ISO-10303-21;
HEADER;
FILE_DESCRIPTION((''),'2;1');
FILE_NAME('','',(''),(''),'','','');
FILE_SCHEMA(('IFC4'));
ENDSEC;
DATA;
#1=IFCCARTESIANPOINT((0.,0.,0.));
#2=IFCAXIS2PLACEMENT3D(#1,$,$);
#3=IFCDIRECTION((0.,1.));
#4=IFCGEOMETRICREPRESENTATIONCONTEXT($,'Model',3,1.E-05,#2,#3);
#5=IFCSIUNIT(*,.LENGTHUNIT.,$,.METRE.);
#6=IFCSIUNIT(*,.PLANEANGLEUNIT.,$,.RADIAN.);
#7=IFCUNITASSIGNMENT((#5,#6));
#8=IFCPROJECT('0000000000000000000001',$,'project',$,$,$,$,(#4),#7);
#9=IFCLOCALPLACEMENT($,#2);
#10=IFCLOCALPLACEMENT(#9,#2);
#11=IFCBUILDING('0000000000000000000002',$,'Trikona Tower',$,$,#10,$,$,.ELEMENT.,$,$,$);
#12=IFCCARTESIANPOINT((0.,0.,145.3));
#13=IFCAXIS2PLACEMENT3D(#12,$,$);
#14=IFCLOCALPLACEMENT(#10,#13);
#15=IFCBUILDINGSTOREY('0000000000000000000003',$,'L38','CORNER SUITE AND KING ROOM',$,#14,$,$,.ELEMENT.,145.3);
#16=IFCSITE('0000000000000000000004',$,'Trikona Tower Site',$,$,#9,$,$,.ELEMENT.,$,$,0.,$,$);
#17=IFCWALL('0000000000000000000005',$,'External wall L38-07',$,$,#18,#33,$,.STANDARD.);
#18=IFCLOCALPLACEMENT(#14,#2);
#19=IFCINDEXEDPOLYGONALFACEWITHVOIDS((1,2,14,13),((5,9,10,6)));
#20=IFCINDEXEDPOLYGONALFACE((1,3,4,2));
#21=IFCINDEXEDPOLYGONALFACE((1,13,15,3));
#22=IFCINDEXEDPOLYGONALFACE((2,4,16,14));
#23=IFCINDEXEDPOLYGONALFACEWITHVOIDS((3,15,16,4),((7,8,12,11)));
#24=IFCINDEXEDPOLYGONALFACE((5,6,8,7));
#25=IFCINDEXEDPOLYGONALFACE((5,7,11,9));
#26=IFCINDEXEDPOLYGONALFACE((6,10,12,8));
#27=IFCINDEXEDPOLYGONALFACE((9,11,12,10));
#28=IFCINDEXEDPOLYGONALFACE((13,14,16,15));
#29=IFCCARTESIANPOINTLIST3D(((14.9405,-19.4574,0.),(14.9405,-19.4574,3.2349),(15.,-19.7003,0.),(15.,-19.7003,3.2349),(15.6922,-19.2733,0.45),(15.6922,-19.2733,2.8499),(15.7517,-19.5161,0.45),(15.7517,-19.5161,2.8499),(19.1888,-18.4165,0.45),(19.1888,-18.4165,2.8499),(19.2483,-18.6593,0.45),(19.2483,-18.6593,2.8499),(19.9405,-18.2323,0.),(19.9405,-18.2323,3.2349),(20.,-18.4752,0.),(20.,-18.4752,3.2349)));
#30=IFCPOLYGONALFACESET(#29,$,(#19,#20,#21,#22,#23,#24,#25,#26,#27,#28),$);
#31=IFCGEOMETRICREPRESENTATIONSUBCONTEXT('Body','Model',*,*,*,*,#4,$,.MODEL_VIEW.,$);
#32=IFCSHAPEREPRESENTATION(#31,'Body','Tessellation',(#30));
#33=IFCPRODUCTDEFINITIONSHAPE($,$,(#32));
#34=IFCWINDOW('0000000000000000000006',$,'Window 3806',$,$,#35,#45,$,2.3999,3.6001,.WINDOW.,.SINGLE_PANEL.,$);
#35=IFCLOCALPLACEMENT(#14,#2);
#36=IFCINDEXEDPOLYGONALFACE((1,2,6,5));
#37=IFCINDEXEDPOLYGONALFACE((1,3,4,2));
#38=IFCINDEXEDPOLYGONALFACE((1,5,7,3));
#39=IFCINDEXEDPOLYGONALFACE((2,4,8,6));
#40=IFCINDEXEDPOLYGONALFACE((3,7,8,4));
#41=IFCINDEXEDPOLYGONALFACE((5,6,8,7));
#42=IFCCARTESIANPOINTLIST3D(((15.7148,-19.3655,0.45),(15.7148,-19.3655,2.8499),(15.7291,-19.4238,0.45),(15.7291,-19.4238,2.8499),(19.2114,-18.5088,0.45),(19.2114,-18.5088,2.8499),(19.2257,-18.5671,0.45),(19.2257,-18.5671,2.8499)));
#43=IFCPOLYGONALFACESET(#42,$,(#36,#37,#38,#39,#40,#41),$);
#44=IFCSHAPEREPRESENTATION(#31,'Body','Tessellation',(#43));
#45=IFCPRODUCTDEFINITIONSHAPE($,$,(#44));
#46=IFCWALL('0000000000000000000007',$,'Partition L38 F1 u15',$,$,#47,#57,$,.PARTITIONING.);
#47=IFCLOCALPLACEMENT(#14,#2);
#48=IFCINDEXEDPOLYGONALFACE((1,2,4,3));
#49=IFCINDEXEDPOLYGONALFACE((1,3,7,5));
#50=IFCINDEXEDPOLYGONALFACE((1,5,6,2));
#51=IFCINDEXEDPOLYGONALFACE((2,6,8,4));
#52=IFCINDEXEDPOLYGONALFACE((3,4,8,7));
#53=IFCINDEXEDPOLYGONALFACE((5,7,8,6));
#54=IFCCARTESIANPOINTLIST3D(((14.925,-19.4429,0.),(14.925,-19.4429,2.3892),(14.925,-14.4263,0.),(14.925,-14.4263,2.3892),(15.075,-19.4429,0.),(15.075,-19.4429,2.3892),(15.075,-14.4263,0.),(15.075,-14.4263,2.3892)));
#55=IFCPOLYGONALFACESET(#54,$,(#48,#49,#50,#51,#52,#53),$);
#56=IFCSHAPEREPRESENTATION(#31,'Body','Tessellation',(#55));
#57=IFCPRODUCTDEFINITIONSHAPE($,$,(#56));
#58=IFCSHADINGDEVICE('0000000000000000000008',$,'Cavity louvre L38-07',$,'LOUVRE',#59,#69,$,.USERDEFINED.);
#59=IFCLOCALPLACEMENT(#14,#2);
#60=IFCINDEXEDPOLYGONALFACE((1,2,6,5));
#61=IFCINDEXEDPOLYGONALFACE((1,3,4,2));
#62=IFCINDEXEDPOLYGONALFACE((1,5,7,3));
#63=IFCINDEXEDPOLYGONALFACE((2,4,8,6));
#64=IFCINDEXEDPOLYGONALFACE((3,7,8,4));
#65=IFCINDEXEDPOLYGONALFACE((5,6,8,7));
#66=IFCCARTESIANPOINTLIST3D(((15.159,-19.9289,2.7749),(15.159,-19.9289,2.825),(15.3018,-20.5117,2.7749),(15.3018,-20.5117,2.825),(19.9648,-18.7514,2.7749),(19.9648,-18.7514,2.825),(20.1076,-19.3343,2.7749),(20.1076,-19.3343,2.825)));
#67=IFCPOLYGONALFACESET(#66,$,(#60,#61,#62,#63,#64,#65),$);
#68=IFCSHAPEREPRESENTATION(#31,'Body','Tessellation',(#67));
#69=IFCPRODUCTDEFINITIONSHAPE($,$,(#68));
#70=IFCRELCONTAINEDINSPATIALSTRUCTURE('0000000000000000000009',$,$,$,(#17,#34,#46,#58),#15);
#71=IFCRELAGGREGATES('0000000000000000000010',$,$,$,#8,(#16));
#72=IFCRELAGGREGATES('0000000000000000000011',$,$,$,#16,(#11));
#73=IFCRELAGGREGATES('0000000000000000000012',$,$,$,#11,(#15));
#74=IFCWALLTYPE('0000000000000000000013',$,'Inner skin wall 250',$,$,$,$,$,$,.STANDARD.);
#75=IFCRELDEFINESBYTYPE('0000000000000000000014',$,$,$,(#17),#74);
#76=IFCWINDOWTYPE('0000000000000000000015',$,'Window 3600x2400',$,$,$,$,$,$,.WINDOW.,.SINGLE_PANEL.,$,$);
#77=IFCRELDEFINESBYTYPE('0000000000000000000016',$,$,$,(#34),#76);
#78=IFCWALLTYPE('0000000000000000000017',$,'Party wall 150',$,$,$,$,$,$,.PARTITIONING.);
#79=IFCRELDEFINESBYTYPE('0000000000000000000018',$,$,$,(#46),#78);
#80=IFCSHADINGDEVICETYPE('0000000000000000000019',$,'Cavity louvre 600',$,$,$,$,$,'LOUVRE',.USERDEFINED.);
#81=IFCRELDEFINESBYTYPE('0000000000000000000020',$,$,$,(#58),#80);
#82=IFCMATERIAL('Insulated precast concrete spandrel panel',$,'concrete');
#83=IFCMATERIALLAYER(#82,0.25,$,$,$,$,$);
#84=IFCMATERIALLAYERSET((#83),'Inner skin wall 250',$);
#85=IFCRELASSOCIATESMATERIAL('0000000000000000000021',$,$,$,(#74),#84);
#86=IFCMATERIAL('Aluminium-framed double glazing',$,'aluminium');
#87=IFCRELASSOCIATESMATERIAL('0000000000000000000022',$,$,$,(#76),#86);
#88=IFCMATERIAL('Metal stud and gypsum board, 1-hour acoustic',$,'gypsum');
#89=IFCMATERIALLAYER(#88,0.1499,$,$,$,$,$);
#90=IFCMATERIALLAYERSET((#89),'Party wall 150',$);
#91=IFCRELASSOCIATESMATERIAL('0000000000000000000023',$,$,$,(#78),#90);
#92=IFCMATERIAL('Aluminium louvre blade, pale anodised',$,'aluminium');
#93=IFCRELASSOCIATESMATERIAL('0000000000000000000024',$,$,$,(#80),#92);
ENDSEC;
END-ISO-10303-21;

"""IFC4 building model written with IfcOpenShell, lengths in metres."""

from ifc_helpers import new_model, si_unit, direction, frame, frame_2d, origin, origin_2d, place, context, subcontext, project, spatial, rectangle, extrude, material, layer, layer_set, type_object, element, fill, save


model = new_model("IFC4")

# Units and contexts
model_context = context("Model", 3, precision=1e-05, world=origin(), true_north=direction((0.0, 1.0)))
body_context = subcontext(model_context, "Body", "Model", "MODEL_VIEW")
ifc_project = project(units=[si_unit("LENGTHUNIT", "METRE"), si_unit("PLANEANGLEUNIT", "RADIAN")], contexts=[model_context])

# Site, building, storey
site_placement = place(None, origin())
site = spatial("IfcSite", under=ifc_project, at=site_placement, Name="Trikona Tower Site", CompositionType="ELEMENT", RefElevation=0.0)
building_placement = place(site_placement, origin())
building = spatial("IfcBuilding", under=site, at=building_placement, Name="Trikona Tower", CompositionType="ELEMENT")
storey_placement = place(building_placement, frame((0.0, 0.0, 145.3)))
storey = spatial("IfcBuildingStorey", under=building, at=storey_placement, Name="L38", Description="CORNER SUITE AND KING ROOM", CompositionType="ELEMENT", Elevation=145.3)

# Wall, opening, window
ifc_material_1 = material(Name="Insulated precast concrete spandrel panel", Category="concrete")
ifc_layer_1 = layer(ifc_material_1, 0.25)
ifc_layer_set_1 = layer_set([ifc_layer_1], Name="Inner skin wall 250")
wall_type_1 = type_object("IfcWallType", Name="Inner skin wall 250", PredefinedType="STANDARD", material=ifc_layer_set_1)
wall_1_placement = place(storey_placement, frame((14.9702, -19.5789, 0.0), z_axis=(0.0, 0.0, 1.0), x_axis=(0.97127, 0.23798, 0.0)))
wall_1 = element("IfcWall", 1, at=wall_1_placement, inside=storey, type_object=wall_type_1, Name="External wall L38-07", PredefinedType="STANDARD", context=body_context, shape_type="SweptSolid", body=[
    extrude(rectangle(XDim=5.1479, YDim=0.25, at=frame_2d((2.574, 0.0))), origin(), (0.0, 0.0, 1.0), 3.2349),
])
opening_placement = place(wall_1_placement, frame((0.7739, 0.0, 0.45)))
opening = element("IfcOpeningElement", 2, at=opening_placement, cuts=wall_1, PredefinedType="OPENING", context=body_context, shape_type="SweptSolid", body=[
    extrude(rectangle(XDim=3.6001, YDim=2.3999, at=frame_2d((1.8, 1.2))), frame((0.0, 0.135, 0.0), z_axis=(0.0, -1.0, 0.0), x_axis=(1.0, 0.0, 0.0)), (0.0, 0.0, 1.0), 0.27),
])
ifc_material_2 = material(Name="Aluminium-framed double glazing", Category="aluminium")
window_type = type_object("IfcWindowType", Name="Window 3600x2400", PartitioningType="SINGLE_PANEL", PredefinedType="WINDOW", material=ifc_material_2)
window_placement = place(opening_placement, origin())
window = element("IfcWindow", 3, at=window_placement, inside=storey, type_object=window_type, Name="Window 3806", OverallHeight=2.3999, OverallWidth=3.6001, PartitioningType="SINGLE_PANEL", PredefinedType="WINDOW", context=body_context, shape_type="SweptSolid", body=[
    extrude(rectangle(XDim=3.6001, YDim=2.3999, at=frame_2d((1.8, 1.2))), frame((0.0, 0.03, 0.0), z_axis=(0.0, -1.0, 0.0), x_axis=(1.0, 0.0, 0.0)), (0.0, 0.0, 1.0), 0.0601),
])
fill(opening, window)

# Wall
ifc_material_3 = material(Name="Metal stud and gypsum board, 1-hour acoustic", Category="gypsum")
ifc_layer_2 = layer(ifc_material_3, 0.1499)
ifc_layer_set_2 = layer_set([ifc_layer_2], Name="Party wall 150")
wall_type_2 = type_object("IfcWallType", Name="Party wall 150", PredefinedType="PARTITIONING", material=ifc_layer_set_2)
wall_2_placement = place(storey_placement, frame((15.0, -14.4263, 0.0), z_axis=(0.0, 0.0, 1.0), x_axis=(0.0, -1.0, 0.0)))
element("IfcWall", 4, at=wall_2_placement, inside=storey, type_object=wall_type_2, Name="Partition L38 F1 u15", PredefinedType="PARTITIONING", context=body_context, shape_type="SweptSolid", body=[
    extrude(rectangle(XDim=5.0166, YDim=0.1499, at=frame_2d((2.5083, 0.0))), origin(), (0.0, 0.0, 1.0), 2.3892),
])

# Shading device
ifc_material_4 = material(Name="Aluminium louvre blade, pale anodised", Category="aluminium")
shading_device_type = type_object("IfcShadingDeviceType", Name="Cavity louvre 600", ElementType="LOUVRE", PredefinedType="USERDEFINED", material=ifc_material_4)
shading_device_placement = place(storey_placement, frame((17.6333, -19.6316, 2.7749), z_axis=(0.0, 0.0, 1.0), x_axis=(0.971274, 0.237962, 0.0)))
element("IfcShadingDevice", 5, at=shading_device_placement, inside=storey, type_object=shading_device_type, Name="Cavity louvre L38-07", ObjectType="LOUVRE", PredefinedType="USERDEFINED", context=body_context, shape_type="SweptSolid", body=[
    extrude(rectangle(XDim=4.948, YDim=0.6001, at=origin_2d()), origin(), (0.0, 0.0, 1.0), 0.05),
])

save(model, "model.ifc")
